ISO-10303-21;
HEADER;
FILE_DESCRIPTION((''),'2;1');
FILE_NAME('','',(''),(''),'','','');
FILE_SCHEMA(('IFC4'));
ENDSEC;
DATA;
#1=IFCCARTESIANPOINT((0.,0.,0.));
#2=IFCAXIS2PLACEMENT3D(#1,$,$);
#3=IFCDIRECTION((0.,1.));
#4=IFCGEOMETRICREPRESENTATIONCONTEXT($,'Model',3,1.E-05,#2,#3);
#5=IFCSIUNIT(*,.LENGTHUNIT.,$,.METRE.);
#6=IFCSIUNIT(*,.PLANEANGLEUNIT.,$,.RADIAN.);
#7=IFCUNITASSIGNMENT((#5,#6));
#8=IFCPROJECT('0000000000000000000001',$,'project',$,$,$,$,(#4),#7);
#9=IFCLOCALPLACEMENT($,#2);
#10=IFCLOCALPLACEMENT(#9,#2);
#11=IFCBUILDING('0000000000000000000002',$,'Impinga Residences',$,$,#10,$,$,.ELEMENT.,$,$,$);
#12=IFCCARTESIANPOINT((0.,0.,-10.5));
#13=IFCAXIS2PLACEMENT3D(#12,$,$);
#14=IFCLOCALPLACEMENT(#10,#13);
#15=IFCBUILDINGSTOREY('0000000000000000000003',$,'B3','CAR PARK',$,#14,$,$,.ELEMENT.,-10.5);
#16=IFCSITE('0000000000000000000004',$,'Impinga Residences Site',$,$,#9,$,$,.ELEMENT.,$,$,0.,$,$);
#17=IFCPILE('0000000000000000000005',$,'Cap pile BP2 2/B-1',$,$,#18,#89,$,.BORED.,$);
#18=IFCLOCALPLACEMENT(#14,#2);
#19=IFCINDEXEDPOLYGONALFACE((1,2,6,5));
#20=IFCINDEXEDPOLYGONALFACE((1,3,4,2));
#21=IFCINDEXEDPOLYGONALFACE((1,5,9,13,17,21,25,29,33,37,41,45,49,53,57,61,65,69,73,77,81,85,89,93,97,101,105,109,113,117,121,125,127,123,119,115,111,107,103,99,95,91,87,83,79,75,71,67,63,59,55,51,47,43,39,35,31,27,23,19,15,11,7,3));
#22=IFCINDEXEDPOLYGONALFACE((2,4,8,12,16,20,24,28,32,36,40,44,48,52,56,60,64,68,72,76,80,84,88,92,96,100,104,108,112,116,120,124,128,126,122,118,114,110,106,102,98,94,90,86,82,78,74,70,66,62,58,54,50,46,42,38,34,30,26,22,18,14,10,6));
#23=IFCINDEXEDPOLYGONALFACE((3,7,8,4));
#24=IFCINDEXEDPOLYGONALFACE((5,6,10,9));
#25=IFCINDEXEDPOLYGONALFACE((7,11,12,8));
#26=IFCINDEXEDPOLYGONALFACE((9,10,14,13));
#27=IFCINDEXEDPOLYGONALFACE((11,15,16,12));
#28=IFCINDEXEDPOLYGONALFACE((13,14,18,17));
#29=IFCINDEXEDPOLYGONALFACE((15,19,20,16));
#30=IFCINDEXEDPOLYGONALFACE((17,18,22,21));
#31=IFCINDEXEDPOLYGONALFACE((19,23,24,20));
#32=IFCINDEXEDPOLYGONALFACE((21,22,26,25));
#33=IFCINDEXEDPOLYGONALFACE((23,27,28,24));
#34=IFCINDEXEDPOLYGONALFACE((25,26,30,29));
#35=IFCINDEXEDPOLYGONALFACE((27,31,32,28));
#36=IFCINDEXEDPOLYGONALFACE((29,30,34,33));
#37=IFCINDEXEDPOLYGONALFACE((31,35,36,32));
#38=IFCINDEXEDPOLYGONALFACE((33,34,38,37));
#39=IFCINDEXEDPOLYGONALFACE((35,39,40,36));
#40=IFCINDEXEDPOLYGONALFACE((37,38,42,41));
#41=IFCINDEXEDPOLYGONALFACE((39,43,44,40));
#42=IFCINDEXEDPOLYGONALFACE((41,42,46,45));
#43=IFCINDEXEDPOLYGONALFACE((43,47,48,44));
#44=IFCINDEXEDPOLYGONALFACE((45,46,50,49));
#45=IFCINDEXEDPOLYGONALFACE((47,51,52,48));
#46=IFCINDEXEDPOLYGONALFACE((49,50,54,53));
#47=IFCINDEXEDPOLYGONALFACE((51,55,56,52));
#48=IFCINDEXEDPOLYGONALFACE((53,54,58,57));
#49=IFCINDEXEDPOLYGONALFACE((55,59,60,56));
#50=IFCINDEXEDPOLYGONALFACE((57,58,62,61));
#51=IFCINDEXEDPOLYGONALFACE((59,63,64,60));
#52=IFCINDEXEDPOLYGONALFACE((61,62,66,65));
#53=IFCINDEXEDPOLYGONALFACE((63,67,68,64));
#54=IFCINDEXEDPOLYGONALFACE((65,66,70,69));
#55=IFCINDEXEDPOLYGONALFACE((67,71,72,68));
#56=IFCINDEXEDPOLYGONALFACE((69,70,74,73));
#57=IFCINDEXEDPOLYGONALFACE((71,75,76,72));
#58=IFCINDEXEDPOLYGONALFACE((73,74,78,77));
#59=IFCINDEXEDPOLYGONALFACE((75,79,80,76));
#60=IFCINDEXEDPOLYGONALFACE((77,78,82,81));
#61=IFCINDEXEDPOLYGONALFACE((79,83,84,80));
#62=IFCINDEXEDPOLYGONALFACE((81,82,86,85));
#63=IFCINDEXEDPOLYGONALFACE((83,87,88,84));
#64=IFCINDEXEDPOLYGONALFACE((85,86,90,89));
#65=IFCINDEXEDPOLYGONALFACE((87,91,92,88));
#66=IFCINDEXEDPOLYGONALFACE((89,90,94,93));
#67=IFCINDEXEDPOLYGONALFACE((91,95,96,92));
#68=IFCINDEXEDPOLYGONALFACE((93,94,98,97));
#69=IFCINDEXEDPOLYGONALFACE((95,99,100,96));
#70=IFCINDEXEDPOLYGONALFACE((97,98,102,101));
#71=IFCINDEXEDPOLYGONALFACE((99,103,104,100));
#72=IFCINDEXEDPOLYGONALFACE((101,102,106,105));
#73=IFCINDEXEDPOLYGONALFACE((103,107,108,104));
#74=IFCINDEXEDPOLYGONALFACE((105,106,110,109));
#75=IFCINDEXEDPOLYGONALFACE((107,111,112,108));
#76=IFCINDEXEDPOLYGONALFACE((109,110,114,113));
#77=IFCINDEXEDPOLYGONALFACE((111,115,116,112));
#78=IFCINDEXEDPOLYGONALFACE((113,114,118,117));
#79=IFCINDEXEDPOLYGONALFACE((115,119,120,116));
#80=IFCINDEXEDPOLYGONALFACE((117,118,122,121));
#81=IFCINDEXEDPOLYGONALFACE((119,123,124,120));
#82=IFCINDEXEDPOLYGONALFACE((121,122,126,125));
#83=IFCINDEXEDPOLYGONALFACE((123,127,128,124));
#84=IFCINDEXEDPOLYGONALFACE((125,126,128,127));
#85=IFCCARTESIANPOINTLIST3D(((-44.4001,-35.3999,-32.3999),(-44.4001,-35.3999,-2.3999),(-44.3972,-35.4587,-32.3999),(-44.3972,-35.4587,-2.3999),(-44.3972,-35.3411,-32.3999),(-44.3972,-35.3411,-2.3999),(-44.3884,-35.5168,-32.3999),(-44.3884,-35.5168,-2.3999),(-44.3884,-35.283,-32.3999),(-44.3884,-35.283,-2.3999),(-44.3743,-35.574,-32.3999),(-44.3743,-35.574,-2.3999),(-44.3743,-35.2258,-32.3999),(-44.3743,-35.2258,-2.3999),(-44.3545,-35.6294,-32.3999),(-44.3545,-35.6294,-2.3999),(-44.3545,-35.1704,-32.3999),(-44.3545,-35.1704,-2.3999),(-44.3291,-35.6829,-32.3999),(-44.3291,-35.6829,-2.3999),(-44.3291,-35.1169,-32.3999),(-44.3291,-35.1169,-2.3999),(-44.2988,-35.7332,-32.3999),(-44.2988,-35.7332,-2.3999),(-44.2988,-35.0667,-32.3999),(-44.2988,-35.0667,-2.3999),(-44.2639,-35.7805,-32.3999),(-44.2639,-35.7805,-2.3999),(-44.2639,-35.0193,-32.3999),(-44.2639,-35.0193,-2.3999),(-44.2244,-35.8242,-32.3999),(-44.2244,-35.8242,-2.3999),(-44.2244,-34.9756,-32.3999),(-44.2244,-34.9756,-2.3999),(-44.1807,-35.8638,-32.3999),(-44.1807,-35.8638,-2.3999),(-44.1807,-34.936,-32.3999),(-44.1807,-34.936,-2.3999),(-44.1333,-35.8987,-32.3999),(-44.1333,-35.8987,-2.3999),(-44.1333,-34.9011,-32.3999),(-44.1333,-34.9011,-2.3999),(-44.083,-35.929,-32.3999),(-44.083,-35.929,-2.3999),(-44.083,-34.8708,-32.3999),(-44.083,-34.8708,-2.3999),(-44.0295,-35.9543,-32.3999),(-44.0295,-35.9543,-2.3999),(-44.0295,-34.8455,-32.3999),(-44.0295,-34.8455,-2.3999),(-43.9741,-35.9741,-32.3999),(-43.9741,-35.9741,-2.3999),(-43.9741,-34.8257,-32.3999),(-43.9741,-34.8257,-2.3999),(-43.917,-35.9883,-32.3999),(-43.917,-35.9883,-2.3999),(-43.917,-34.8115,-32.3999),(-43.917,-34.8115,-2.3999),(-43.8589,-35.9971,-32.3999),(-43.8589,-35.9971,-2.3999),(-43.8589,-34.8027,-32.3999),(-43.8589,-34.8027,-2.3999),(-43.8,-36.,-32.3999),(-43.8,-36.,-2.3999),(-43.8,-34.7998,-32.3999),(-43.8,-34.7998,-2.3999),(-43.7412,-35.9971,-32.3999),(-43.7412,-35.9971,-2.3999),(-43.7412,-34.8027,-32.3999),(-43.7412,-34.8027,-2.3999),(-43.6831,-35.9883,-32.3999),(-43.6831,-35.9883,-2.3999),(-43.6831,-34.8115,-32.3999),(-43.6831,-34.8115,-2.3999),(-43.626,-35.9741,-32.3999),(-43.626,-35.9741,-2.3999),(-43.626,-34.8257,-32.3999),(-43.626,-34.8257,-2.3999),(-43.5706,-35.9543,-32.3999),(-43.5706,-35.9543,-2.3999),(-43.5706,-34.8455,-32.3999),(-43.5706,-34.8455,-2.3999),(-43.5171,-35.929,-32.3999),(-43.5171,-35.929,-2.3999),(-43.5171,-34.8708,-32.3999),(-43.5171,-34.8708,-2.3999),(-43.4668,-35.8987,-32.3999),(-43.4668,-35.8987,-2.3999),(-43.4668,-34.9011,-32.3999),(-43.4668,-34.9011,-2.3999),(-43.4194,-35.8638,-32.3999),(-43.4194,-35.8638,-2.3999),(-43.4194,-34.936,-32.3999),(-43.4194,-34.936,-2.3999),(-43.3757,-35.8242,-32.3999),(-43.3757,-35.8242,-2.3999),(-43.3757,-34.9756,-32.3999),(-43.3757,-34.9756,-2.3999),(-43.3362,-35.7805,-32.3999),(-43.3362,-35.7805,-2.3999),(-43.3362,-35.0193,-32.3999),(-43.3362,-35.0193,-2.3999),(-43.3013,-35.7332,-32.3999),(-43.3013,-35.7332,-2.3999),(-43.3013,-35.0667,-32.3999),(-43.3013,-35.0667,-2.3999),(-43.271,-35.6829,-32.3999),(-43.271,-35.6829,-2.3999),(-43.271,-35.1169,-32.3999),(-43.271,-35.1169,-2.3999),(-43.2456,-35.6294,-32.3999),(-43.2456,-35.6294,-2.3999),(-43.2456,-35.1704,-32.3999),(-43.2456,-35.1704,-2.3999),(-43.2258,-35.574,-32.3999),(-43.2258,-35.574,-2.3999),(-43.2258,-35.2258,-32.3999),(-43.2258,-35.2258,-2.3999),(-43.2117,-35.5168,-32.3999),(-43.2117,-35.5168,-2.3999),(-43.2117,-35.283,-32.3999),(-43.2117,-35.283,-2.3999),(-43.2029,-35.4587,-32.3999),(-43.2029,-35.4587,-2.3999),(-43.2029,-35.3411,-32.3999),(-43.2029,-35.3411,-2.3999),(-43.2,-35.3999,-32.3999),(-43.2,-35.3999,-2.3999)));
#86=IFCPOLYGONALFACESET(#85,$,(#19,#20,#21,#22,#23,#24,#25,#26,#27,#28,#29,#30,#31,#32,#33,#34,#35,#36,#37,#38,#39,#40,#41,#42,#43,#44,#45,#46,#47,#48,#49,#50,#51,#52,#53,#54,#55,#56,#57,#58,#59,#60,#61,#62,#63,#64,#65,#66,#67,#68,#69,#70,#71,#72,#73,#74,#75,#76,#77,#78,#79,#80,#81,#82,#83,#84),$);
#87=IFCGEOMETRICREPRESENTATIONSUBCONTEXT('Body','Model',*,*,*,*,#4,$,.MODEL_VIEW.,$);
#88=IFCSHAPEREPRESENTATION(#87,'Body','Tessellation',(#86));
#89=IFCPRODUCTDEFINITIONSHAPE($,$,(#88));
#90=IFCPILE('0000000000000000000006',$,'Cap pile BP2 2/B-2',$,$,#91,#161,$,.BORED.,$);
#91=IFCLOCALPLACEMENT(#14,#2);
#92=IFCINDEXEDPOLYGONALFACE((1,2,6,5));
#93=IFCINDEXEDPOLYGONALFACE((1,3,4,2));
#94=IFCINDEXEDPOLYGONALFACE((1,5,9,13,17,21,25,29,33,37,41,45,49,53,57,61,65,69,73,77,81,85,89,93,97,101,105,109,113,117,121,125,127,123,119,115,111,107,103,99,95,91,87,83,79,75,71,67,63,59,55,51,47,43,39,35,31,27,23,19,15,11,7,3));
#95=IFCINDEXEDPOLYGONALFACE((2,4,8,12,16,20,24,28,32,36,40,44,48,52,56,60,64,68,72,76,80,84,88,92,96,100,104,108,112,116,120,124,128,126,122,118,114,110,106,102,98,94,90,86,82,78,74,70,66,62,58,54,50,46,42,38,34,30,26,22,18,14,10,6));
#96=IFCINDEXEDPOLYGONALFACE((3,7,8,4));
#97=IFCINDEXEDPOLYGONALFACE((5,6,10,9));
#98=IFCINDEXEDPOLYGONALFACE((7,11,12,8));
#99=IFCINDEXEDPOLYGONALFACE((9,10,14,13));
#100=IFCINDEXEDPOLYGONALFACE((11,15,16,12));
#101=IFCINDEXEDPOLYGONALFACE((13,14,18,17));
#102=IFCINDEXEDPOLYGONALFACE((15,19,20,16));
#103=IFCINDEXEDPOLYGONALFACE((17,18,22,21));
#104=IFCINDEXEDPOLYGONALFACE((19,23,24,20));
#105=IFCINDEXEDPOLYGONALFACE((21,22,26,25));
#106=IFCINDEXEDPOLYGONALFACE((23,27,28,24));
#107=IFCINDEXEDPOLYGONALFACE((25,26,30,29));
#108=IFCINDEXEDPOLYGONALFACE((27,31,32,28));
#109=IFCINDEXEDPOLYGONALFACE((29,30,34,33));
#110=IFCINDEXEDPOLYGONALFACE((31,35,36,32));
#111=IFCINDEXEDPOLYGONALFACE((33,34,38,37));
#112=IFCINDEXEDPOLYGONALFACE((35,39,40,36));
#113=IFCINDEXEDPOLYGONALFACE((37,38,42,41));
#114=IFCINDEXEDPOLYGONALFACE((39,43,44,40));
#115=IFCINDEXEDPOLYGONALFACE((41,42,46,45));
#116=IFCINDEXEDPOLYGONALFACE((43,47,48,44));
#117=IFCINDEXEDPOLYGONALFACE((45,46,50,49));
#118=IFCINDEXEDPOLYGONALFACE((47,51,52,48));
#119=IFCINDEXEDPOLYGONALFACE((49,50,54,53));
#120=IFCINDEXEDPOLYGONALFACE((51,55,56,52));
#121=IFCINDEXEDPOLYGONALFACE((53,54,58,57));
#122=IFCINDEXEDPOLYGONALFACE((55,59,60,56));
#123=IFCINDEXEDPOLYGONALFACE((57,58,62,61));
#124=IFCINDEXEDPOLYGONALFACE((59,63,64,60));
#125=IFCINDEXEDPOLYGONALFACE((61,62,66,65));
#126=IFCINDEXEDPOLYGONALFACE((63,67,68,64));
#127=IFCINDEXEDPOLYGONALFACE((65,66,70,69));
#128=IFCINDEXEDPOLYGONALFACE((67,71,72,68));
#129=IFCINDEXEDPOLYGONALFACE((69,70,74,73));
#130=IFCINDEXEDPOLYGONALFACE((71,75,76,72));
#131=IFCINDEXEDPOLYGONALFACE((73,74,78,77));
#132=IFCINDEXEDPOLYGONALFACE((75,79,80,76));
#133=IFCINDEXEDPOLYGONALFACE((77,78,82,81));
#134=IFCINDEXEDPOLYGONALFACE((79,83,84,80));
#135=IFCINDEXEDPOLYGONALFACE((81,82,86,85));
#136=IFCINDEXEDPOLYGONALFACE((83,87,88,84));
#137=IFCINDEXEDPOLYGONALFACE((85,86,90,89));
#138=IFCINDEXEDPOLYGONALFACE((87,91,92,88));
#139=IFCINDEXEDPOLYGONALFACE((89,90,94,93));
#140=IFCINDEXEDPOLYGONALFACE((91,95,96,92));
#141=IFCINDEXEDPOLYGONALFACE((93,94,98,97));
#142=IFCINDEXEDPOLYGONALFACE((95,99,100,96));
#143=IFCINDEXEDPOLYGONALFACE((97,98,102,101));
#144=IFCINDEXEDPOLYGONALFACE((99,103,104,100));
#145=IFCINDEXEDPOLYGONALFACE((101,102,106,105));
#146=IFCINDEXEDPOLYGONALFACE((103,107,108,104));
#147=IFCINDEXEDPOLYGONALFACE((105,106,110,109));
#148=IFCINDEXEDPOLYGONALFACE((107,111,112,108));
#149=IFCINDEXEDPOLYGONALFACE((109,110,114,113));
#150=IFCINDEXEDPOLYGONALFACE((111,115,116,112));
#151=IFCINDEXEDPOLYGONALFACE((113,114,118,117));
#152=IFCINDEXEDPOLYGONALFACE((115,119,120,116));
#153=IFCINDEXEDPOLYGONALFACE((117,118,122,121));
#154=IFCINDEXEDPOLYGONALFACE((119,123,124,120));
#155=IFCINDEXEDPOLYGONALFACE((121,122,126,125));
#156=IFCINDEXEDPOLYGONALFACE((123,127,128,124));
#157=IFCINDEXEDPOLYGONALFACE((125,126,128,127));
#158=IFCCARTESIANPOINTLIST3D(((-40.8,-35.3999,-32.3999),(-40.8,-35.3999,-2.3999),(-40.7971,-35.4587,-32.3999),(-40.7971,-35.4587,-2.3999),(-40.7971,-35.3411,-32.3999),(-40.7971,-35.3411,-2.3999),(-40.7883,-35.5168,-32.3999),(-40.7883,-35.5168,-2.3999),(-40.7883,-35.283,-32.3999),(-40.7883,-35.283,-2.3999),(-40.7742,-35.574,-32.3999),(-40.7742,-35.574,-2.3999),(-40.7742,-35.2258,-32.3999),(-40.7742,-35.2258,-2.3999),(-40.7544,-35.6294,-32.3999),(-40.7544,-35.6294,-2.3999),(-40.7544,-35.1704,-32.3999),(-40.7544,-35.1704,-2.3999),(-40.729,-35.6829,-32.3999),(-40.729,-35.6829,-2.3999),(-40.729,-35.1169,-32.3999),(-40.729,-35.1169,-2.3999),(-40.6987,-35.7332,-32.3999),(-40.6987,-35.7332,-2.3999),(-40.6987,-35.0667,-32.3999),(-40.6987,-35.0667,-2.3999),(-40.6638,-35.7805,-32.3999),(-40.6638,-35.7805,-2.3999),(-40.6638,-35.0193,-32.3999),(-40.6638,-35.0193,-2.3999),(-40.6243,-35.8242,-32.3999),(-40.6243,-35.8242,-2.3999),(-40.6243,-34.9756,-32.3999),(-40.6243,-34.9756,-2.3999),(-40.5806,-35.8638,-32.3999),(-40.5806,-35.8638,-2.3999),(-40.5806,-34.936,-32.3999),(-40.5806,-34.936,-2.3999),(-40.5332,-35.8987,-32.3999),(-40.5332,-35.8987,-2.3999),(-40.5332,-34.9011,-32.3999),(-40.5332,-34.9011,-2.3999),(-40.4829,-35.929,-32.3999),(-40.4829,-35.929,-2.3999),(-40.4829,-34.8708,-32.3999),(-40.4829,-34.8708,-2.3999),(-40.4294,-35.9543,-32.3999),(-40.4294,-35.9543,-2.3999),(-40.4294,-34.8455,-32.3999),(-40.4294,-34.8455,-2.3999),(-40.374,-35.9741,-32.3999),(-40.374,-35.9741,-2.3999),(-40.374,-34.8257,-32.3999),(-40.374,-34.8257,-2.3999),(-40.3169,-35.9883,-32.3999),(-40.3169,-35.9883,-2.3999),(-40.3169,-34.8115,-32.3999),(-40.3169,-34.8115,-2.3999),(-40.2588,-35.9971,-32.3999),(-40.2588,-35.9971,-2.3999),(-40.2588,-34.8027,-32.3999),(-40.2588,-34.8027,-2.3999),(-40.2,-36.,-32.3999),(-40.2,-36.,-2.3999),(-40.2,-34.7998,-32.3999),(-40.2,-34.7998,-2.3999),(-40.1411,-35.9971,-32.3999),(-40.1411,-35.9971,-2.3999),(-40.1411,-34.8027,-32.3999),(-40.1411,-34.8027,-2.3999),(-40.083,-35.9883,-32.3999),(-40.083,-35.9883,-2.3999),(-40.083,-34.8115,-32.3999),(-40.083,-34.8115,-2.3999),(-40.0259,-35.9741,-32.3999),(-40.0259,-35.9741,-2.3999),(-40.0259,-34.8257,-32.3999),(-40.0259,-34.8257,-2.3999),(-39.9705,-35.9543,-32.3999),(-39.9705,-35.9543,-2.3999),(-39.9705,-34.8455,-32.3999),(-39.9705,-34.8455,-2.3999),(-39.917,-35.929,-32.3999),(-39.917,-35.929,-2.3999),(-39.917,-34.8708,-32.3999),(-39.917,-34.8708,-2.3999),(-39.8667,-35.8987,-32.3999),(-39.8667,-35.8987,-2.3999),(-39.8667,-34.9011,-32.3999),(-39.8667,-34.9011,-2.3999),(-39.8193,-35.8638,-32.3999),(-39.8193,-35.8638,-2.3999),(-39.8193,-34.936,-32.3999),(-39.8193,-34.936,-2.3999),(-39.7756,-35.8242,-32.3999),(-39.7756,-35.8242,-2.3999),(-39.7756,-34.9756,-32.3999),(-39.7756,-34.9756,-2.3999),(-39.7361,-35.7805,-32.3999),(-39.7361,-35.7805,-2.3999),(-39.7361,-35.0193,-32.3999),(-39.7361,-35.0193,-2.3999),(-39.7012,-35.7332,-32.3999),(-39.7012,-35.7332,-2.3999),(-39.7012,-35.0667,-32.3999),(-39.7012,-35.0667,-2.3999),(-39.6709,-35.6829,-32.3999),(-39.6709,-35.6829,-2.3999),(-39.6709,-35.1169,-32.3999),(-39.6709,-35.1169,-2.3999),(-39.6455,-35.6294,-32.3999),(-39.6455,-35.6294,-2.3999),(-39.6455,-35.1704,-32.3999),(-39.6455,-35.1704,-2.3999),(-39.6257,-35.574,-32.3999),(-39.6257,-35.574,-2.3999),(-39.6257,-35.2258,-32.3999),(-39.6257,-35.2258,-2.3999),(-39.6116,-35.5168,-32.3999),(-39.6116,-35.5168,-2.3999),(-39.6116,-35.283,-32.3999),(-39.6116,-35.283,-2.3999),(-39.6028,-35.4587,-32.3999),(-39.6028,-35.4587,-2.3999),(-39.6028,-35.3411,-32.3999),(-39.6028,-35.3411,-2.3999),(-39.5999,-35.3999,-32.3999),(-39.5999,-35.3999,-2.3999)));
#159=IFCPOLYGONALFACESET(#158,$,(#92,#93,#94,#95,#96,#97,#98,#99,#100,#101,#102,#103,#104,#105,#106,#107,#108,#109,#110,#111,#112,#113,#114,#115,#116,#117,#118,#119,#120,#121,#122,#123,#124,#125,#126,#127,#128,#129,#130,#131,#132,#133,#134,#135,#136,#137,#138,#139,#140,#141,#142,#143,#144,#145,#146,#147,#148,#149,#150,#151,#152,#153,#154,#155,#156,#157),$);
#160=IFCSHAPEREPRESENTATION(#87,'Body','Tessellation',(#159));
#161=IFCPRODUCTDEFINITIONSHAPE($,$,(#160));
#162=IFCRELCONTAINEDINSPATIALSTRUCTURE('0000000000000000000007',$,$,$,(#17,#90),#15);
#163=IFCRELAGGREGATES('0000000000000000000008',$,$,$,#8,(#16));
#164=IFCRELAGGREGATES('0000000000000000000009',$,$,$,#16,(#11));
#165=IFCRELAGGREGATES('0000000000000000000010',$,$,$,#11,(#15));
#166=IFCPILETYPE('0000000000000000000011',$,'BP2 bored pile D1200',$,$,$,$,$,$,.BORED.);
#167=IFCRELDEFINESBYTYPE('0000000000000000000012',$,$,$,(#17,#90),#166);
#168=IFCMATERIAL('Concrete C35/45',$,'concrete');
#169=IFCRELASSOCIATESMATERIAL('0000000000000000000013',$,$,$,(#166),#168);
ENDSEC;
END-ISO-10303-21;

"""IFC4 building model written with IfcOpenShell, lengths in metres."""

from ifc_helpers import new_model, si_unit, direction, frame, origin, origin_2d, place, context, subcontext, project, spatial, polyline, circle, outline, extrude, material, material_profile, profile_set, type_object, element, save


model = new_model("IFC4")

# Units and contexts
model_context = context("Model", 3, precision=1e-05, world=origin(), true_north=direction((0.0, 1.0)))
body_context = subcontext(model_context, "Body", "Model", "MODEL_VIEW")
ifc_project = project(units=[si_unit("LENGTHUNIT", "METRE"), si_unit("PLANEANGLEUNIT", "RADIAN")], contexts=[model_context])

# Site, building, storey
site_placement = place(None, origin())
site = spatial("IfcSite", under=ifc_project, at=site_placement, Name="Impinga Residences Site", CompositionType="ELEMENT", RefElevation=0.0)
building_placement = place(site_placement, origin())
building = spatial("IfcBuilding", under=site, at=building_placement, Name="Impinga Residences", CompositionType="ELEMENT")
storey_placement = place(building_placement, frame((0.0, 0.0, -10.5)))
storey = spatial("IfcBuildingStorey", under=building, at=storey_placement, Name="B3", Description="CAR PARK", CompositionType="ELEMENT", Elevation=-10.5)

# Piles
ifc_material_1 = material(Name="Concrete C35/45", Category="concrete")
ifc_material_profile_1 = material_profile(ifc_material_1, circle(Radius=0.6001, at=origin_2d()), Name="D1200")
ifc_profile_set_1 = profile_set([ifc_material_profile_1], Name="Concrete C35/45")
pile_type_1 = type_object("IfcPileType", Name="BP2 bored pile D1200", PredefinedType="BORED", material=ifc_profile_set_1)
pile_1_placement = place(storey_placement, frame((-43.8, -35.3999, -2.3999), z_axis=(0.0, 0.0, -1.0), x_axis=(1.0, 0.0, 0.0)))
element("IfcPile", 1, at=pile_1_placement, inside=storey, type_object=pile_type_1, Name="Cap pile BP2 2/B-1", PredefinedType="BORED", context=body_context, shape_type="SweptSolid", body=[
    extrude(outline(polyline([(0.6001, 0.0), (0.5972, 0.0588), (0.5884, 0.1169), (0.5742, 0.1741), (0.5544, 0.2295), (0.5291, 0.283), (0.4988, 0.3333), (0.4639, 0.3806), (0.4243, 0.4243), (0.3806, 0.4639), (0.3333, 0.4988), (0.283, 0.5291), (0.2295, 0.5544), (0.1741, 0.5742), (0.1169, 0.5884), (0.0588, 0.5972), (0.0, 0.6001), (-0.0588, 0.5972), (-0.1169, 0.5884), (-0.1741, 0.5742), (-0.2295, 0.5544), (-0.283, 0.5291), (-0.3333, 0.4988), (-0.3806, 0.4639), (-0.4243, 0.4243), (-0.4639, 0.3806), (-0.4988, 0.3333), (-0.5291, 0.283), (-0.5544, 0.2295), (-0.5742, 0.1741), (-0.5884, 0.1169), (-0.5972, 0.0588), (-0.6001, 0.0), (-0.5972, -0.0588), (-0.5884, -0.1169), (-0.5742, -0.1741), (-0.5544, -0.2295), (-0.5291, -0.283), (-0.4988, -0.3333), (-0.4639, -0.3806), (-0.4243, -0.4243), (-0.3806, -0.4639), (-0.3333, -0.4988), (-0.283, -0.5291), (-0.2295, -0.5544), (-0.1741, -0.5742), (-0.1169, -0.5884), (-0.0588, -0.5972), (0.0, -0.6001), (0.0588, -0.5972), (0.1169, -0.5884), (0.1741, -0.5742), (0.2295, -0.5544), (0.283, -0.5291), (0.3333, -0.4988), (0.3806, -0.4639), (0.4243, -0.4243), (0.4639, -0.3806), (0.4988, -0.3333), (0.5291, -0.283), (0.5544, -0.2295), (0.5742, -0.1741), (0.5884, -0.1169), (0.5972, -0.0588), (0.6001, 0.0)])), origin(), (0.0, 0.0, 1.0), 30.0),
])
pile_2_placement = place(storey_placement, frame((-40.2, -35.3999, -2.3999), z_axis=(0.0, 0.0, -1.0), x_axis=(1.0, 0.0, 0.0)))
element("IfcPile", 2, at=pile_2_placement, inside=storey, type_object=pile_type_1, Name="Cap pile BP2 2/B-2", PredefinedType="BORED", context=body_context, shape_type="SweptSolid", body=[
    extrude(outline(polyline([(0.6001, 0.0), (0.5972, 0.0588), (0.5884, 0.1169), (0.5742, 0.1741), (0.5544, 0.2295), (0.5291, 0.283), (0.4988, 0.3333), (0.4639, 0.3806), (0.4243, 0.4243), (0.3806, 0.4639), (0.3333, 0.4988), (0.283, 0.5291), (0.2295, 0.5544), (0.1741, 0.5742), (0.1169, 0.5884), (0.0588, 0.5972), (0.0, 0.6001), (-0.0588, 0.5972), (-0.1169, 0.5884), (-0.1741, 0.5742), (-0.2295, 0.5544), (-0.283, 0.5291), (-0.3333, 0.4988), (-0.3806, 0.4639), (-0.4243, 0.4243), (-0.4639, 0.3806), (-0.4988, 0.3333), (-0.5291, 0.283), (-0.5544, 0.2295), (-0.5742, 0.1741), (-0.5884, 0.1169), (-0.5972, 0.0588), (-0.6001, 0.0), (-0.5972, -0.0588), (-0.5884, -0.1169), (-0.5742, -0.1741), (-0.5544, -0.2295), (-0.5291, -0.283), (-0.4988, -0.3333), (-0.4639, -0.3806), (-0.4243, -0.4243), (-0.3806, -0.4639), (-0.3333, -0.4988), (-0.283, -0.5291), (-0.2295, -0.5544), (-0.1741, -0.5742), (-0.1169, -0.5884), (-0.0588, -0.5972), (0.0, -0.6001), (0.0588, -0.5972), (0.1169, -0.5884), (0.1741, -0.5742), (0.2295, -0.5544), (0.283, -0.5291), (0.3333, -0.4988), (0.3806, -0.4639), (0.4243, -0.4243), (0.4639, -0.3806), (0.4988, -0.3333), (0.5291, -0.283), (0.5544, -0.2295), (0.5742, -0.1741), (0.5884, -0.1169), (0.5972, -0.0588), (0.6001, 0.0)])), origin(), (0.0, 0.0, 1.0), 30.0),
])

save(model, "model.ifc")
